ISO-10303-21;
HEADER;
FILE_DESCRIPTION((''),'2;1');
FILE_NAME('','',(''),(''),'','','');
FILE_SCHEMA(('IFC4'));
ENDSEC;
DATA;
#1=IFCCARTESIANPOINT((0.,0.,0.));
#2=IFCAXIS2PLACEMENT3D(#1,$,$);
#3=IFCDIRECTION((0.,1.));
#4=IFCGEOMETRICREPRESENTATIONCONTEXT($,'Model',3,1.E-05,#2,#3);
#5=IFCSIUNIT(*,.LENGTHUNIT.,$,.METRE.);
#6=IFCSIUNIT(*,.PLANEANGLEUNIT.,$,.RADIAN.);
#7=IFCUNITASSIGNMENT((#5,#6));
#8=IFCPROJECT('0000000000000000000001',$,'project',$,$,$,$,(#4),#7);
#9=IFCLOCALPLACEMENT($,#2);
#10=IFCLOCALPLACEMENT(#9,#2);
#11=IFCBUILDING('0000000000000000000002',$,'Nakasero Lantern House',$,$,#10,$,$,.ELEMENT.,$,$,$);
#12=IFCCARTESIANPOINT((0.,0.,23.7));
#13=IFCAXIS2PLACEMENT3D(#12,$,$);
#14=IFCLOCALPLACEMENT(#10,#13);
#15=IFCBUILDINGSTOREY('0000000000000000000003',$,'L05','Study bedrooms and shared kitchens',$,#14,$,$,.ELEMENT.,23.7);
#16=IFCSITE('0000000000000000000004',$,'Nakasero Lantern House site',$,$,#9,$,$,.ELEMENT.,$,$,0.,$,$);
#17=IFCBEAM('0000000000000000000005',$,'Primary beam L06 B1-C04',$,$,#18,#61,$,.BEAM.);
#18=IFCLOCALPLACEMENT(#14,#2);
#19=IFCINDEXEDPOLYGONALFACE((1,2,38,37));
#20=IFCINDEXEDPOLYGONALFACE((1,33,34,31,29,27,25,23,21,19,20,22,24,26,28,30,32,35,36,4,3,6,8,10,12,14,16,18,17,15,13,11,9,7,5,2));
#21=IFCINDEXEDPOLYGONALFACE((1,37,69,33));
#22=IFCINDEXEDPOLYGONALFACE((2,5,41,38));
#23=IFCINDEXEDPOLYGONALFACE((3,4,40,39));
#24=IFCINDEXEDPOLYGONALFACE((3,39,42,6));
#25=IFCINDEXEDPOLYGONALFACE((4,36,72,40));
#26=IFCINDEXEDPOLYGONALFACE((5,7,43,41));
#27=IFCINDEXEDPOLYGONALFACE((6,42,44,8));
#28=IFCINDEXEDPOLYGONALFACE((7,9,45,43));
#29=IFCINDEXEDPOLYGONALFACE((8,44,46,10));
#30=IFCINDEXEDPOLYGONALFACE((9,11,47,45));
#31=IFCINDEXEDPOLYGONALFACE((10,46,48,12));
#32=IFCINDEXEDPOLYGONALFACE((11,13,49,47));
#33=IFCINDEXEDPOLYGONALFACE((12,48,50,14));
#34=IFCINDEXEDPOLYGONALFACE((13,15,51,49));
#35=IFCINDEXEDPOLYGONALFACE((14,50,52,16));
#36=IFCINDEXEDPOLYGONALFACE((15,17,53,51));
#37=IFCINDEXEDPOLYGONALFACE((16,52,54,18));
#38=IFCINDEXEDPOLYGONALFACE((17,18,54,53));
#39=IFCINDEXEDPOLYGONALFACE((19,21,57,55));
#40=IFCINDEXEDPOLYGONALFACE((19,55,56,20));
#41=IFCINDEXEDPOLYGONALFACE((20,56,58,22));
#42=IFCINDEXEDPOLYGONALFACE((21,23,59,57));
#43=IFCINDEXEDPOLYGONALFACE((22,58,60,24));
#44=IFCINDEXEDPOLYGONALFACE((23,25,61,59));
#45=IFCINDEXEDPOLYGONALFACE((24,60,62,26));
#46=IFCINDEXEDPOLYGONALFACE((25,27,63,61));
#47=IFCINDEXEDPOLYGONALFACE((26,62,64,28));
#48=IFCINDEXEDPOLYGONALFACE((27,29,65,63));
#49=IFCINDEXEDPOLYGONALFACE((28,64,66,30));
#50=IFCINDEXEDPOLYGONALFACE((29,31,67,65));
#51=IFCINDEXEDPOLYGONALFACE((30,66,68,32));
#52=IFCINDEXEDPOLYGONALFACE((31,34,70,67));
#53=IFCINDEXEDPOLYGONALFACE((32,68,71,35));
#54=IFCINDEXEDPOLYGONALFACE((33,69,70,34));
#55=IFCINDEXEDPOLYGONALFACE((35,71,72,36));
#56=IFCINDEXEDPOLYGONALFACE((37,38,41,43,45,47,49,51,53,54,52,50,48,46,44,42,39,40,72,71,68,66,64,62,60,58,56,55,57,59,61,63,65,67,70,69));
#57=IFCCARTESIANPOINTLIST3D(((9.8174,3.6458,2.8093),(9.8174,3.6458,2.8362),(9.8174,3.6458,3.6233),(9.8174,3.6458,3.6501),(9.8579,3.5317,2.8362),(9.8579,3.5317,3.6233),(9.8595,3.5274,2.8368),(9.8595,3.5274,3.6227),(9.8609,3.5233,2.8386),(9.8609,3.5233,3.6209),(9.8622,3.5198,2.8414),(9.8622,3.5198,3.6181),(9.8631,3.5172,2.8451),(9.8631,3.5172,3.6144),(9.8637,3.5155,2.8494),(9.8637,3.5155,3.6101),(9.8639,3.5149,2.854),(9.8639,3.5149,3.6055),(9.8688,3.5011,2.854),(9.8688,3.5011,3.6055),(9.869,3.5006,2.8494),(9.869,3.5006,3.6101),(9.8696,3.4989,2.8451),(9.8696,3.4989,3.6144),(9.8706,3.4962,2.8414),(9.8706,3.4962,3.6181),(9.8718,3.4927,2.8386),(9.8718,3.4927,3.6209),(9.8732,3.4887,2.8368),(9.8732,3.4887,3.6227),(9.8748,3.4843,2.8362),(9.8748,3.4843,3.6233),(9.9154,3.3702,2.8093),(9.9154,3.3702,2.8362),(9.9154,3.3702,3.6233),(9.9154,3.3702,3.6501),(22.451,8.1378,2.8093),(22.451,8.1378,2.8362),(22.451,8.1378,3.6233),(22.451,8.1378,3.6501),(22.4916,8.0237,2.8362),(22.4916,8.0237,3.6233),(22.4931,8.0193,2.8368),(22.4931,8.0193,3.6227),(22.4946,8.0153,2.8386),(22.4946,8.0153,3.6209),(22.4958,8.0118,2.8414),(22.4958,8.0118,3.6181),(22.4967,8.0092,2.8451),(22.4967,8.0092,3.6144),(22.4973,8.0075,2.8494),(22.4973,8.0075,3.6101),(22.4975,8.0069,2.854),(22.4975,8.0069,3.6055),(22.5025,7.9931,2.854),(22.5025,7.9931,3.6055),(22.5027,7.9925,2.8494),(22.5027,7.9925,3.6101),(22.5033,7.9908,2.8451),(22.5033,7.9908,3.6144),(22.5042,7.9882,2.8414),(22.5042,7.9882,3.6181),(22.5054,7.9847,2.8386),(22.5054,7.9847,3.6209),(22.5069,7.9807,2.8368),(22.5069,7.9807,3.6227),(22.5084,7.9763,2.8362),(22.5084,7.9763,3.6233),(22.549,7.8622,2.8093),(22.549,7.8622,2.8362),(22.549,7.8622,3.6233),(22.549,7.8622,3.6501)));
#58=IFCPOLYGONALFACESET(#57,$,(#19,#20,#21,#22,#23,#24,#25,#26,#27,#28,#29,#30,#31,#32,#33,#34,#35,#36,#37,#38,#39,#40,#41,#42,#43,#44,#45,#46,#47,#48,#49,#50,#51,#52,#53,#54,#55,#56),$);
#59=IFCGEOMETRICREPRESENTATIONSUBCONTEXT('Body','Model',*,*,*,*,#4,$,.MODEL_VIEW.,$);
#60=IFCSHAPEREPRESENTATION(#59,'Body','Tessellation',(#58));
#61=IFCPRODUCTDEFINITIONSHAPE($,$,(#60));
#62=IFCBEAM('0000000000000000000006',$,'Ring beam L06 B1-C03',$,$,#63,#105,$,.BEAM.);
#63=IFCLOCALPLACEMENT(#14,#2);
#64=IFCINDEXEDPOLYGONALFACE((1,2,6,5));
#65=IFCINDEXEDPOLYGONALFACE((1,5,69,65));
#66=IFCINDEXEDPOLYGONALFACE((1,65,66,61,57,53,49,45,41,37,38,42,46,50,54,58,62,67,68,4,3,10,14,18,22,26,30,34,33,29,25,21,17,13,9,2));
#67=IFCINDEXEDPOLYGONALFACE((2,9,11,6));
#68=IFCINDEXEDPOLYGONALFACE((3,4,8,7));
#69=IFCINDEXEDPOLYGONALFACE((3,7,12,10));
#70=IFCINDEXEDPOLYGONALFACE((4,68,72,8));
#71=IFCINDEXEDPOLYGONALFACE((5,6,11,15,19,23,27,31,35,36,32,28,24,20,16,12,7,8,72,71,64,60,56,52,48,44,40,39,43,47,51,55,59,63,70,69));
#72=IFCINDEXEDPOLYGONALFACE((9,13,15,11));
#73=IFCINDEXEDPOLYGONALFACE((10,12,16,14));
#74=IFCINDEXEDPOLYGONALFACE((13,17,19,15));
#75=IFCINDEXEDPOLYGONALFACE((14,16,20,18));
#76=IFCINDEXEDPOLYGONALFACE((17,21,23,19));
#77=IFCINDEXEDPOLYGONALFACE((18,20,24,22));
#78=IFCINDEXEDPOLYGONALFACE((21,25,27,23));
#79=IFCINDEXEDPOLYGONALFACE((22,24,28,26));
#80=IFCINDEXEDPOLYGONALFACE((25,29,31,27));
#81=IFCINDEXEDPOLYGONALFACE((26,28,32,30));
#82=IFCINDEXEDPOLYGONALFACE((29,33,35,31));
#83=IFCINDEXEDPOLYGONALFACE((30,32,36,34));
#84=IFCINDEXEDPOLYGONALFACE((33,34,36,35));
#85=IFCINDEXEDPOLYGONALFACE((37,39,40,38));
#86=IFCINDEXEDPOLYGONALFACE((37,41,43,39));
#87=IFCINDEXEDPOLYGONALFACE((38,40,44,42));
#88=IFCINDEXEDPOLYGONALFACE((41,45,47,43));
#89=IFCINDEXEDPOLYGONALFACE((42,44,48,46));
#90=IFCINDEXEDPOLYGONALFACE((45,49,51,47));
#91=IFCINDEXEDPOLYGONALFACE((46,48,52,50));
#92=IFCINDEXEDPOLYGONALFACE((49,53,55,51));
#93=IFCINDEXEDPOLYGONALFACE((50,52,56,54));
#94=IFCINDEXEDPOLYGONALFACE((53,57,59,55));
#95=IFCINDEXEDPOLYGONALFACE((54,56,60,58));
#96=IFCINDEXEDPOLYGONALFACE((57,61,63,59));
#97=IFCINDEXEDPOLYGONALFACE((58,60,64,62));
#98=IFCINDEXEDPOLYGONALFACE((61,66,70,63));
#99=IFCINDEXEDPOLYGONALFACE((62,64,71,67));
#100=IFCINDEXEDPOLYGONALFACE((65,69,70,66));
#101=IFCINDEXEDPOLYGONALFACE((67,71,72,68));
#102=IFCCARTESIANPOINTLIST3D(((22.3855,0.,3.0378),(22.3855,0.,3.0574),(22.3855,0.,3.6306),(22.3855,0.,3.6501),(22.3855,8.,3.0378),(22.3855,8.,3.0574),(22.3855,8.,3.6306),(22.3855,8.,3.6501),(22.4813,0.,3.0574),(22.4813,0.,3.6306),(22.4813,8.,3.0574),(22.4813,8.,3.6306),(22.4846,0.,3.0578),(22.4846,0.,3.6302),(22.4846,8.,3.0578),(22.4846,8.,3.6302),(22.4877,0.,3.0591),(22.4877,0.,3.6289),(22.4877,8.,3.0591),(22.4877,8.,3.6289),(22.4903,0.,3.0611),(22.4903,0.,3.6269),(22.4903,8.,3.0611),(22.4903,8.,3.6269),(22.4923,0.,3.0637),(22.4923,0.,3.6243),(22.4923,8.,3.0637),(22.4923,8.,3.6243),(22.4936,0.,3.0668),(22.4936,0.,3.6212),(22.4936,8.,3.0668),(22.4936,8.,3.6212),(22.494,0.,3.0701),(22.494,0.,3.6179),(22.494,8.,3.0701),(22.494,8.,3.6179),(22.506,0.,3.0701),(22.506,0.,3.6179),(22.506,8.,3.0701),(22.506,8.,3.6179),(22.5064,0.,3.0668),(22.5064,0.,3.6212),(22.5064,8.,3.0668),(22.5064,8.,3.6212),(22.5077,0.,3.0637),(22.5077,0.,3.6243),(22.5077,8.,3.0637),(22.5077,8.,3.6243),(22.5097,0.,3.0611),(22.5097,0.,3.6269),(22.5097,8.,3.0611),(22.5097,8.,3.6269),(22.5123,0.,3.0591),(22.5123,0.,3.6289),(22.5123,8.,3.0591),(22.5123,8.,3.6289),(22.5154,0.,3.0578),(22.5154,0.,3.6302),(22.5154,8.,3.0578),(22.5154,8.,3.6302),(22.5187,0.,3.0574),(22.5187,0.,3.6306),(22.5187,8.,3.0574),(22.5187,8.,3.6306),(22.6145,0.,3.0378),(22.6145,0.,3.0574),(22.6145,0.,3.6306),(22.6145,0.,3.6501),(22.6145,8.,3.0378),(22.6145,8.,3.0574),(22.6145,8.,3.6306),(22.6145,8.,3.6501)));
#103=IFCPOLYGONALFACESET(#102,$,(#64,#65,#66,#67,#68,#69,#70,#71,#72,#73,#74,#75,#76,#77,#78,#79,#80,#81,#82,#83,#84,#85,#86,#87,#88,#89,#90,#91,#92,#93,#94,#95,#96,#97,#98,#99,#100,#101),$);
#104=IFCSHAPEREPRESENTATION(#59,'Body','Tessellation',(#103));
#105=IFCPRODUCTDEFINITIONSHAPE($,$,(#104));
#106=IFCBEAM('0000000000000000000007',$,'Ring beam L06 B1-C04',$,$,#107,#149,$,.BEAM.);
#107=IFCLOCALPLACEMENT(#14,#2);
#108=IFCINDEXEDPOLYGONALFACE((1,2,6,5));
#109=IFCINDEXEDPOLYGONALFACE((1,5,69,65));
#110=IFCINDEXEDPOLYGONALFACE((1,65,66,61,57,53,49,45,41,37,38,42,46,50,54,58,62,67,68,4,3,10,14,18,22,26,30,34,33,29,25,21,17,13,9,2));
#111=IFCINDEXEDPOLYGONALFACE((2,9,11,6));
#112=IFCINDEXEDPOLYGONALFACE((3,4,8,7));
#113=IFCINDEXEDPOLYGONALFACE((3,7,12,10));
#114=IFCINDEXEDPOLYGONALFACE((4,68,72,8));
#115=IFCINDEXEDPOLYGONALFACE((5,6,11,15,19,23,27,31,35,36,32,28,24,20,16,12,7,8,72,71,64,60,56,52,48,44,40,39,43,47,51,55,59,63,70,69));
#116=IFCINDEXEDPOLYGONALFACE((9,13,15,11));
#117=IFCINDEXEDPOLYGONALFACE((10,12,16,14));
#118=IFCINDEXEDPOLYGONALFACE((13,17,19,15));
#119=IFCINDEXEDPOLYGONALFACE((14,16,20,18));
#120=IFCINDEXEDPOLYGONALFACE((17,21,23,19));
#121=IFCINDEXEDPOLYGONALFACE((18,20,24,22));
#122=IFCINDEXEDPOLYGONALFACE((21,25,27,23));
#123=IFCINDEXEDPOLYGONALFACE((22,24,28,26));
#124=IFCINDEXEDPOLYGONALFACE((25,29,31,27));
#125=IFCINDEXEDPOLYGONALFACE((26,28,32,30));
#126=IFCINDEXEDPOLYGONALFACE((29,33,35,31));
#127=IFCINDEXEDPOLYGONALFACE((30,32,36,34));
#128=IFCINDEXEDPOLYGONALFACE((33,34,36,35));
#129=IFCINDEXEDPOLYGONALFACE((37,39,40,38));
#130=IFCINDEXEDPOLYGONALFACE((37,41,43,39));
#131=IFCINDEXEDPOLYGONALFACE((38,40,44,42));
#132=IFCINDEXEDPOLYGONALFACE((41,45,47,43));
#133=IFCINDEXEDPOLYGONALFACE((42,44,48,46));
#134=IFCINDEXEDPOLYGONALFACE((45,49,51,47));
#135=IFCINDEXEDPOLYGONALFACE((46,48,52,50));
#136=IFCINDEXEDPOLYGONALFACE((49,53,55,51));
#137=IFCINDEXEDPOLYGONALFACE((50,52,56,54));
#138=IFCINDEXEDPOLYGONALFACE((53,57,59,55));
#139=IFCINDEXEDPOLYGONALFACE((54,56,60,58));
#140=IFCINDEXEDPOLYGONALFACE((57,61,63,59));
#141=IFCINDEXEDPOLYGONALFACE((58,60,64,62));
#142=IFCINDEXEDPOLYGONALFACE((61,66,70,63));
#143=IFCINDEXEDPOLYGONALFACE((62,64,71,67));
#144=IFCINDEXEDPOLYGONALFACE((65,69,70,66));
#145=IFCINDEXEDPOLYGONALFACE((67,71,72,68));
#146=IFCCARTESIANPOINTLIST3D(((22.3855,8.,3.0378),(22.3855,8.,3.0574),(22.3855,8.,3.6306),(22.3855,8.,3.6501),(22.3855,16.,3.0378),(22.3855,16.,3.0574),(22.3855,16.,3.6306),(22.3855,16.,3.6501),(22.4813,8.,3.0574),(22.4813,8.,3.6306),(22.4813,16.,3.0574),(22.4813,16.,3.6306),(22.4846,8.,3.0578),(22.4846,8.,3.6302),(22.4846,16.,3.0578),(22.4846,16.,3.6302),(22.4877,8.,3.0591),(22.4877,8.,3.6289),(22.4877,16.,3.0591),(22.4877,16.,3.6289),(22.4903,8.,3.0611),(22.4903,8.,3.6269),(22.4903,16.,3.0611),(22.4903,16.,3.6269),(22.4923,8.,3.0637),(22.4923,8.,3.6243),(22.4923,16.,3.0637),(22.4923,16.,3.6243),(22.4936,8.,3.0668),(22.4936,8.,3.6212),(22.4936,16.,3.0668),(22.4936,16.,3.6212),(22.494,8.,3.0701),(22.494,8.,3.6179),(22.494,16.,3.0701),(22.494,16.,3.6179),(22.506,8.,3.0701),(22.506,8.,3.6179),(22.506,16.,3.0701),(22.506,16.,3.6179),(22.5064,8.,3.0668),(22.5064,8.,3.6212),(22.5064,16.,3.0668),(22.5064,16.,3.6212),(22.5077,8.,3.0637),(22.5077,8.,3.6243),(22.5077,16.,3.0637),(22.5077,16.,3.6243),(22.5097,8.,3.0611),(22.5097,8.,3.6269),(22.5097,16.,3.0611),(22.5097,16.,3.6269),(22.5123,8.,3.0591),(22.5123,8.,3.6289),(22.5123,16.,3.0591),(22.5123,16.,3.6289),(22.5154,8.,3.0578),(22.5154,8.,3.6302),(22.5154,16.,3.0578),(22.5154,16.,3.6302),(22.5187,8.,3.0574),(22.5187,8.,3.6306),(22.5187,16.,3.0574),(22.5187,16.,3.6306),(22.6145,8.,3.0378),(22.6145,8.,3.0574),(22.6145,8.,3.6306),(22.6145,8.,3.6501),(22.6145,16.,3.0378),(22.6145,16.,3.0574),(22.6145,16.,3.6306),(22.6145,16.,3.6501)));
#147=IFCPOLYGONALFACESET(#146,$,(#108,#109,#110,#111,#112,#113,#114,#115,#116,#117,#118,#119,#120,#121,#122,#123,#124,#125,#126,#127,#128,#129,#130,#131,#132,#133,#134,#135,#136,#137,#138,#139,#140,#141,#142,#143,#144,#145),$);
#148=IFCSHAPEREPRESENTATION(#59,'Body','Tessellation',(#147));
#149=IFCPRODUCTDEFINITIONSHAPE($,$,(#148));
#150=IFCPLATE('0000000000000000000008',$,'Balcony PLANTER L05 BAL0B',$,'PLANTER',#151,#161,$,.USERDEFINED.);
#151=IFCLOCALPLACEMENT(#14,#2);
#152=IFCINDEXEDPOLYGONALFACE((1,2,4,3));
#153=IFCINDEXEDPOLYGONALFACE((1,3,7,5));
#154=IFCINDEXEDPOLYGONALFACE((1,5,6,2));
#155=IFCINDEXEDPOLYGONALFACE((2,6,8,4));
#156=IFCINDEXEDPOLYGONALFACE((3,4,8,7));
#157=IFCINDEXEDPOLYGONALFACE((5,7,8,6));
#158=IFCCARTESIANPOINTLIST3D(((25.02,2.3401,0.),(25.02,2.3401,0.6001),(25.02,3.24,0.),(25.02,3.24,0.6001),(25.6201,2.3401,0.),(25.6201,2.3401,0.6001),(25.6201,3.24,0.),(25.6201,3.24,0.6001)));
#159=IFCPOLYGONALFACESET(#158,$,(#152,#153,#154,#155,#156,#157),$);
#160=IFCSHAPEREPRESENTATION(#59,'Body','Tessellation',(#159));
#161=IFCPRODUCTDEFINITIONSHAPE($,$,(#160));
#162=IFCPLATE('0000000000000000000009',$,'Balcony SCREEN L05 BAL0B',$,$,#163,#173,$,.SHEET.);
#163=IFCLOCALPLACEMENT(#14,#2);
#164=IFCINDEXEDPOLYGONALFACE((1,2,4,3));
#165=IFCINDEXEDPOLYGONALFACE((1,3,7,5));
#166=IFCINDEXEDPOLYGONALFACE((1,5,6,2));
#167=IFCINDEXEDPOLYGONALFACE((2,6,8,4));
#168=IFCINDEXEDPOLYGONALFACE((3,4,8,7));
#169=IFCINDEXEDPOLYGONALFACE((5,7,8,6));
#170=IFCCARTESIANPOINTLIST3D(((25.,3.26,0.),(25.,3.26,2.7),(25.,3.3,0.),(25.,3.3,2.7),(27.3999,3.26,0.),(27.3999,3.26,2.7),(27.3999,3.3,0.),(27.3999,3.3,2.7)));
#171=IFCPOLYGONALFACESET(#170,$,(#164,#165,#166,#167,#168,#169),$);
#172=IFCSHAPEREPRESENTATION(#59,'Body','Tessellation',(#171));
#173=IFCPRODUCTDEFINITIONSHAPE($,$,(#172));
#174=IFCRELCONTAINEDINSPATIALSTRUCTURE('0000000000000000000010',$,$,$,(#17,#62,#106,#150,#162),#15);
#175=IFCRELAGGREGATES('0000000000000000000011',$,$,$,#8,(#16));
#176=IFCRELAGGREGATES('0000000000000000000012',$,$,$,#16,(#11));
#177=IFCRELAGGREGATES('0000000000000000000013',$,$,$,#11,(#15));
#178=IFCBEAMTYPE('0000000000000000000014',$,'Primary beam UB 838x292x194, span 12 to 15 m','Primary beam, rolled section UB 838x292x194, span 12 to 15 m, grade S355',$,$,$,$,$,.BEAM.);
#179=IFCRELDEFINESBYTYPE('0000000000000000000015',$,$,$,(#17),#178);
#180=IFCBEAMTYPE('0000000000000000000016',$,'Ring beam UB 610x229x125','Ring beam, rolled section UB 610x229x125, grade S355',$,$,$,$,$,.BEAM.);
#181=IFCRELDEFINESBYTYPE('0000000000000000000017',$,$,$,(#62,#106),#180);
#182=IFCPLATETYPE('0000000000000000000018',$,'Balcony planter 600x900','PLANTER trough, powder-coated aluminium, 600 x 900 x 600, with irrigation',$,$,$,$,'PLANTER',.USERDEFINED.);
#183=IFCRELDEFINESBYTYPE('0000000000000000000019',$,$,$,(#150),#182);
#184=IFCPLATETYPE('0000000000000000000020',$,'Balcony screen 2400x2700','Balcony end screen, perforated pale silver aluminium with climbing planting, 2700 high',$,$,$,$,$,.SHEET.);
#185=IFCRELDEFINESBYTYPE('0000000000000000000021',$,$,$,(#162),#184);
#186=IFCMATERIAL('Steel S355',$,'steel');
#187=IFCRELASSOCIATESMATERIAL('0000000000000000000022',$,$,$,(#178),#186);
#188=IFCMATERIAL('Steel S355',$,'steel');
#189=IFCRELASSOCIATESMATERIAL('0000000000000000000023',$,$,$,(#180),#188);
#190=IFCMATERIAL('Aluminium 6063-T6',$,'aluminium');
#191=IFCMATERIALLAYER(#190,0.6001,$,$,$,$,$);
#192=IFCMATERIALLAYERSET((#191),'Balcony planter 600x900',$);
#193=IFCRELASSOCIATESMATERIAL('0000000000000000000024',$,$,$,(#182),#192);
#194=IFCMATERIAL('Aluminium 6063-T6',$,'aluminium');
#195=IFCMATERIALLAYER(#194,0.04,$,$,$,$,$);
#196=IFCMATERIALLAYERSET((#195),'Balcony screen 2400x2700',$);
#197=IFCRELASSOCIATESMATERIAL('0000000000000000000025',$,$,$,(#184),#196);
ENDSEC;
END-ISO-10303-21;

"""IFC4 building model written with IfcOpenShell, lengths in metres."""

from ifc_helpers import new_model, si_unit, direction, frame, origin, origin_2d, place, context, subcontext, project, spatial, rectangle, i_section, extrude, material, layer, layer_set, material_profile, profile_set, type_object, element, save


model = new_model("IFC4")

# Units and contexts
model_context = context("Model", 3, precision=1e-05, world=origin(), true_north=direction((0.0, 1.0)))
body_context = subcontext(model_context, "Body", "Model", "MODEL_VIEW")
ifc_project = project(units=[si_unit("LENGTHUNIT", "METRE"), si_unit("PLANEANGLEUNIT", "RADIAN")], contexts=[model_context])

# Site, building, storey
site_placement = place(None, origin())
site = spatial("IfcSite", under=ifc_project, at=site_placement, Name="Nakasero Lantern House site", CompositionType="ELEMENT", RefElevation=0.0)
building_placement = place(site_placement, origin())
building = spatial("IfcBuilding", under=site, at=building_placement, Name="Nakasero Lantern House", CompositionType="ELEMENT")
storey_placement = place(building_placement, frame((0.0, 0.0, 23.7)))
storey = spatial("IfcBuildingStorey", under=building, at=storey_placement, Name="L05", Description="Study bedrooms and shared kitchens", CompositionType="ELEMENT", Elevation=23.7)

# Beams
ifc_material_1 = material(Name="Steel S355", Category="steel")
ifc_material_profile_1 = material_profile(ifc_material_1, i_section(OverallWidth=0.2925, OverallDepth=0.8408, WebThickness=0.0146, FlangeThickness=0.0269, FilletRadius=0.0178, at=origin_2d()), Name="UB 838x292x194")
ifc_profile_set_1 = profile_set([ifc_material_profile_1], Name="Steel S355")
beam_type_1 = type_object("IfcBeamType", Name="Primary beam UB 838x292x194, span 12 to 15 m", Description="Primary beam, rolled section UB 838x292x194, span 12 to 15 m, grade S355", PredefinedType="BEAM", material=ifc_profile_set_1)
beam_1_placement = place(storey_placement, frame((22.5, 8.0, 3.2297), z_axis=(-0.942214, -0.335011, 0.0), x_axis=(0.335011, -0.942214, 0.0)))
element("IfcBeam", 1, at=beam_1_placement, inside=storey, type_object=beam_type_1, Name="Primary beam L06 B1-C04", PredefinedType="BEAM", context=body_context, shape_type="SweptSolid", body=[
    extrude(i_section(OverallWidth=0.2925, OverallDepth=0.8408, WebThickness=0.0146, FlangeThickness=0.0269, FilletRadius=0.0178, at=origin_2d()), origin(), (0.0, 0.0, 1.0), 13.4084),
])
ifc_material_2 = material(Name="Steel S355", Category="steel")
ifc_material_profile_2 = material_profile(ifc_material_2, i_section(OverallWidth=0.229, OverallDepth=0.6123, WebThickness=0.012, FlangeThickness=0.0195, FilletRadius=0.0127, at=origin_2d()), Name="UB 610x229x125")
ifc_profile_set_2 = profile_set([ifc_material_profile_2], Name="Steel S355")
beam_type_2 = type_object("IfcBeamType", Name="Ring beam UB 610x229x125", Description="Ring beam, rolled section UB 610x229x125, grade S355", PredefinedType="BEAM", material=ifc_profile_set_2)
for number, where, z_axis, x_axis, name in (
    (2, (22.5, 0.0, 3.344), (0.0, 1.0, 0.0), (-1.0, 0.0, 0.0), "Ring beam L06 B1-C03"),
    (3, (22.5, 8.0, 3.344), (0.0, 1.0, 0.0), (-1.0, 0.0, 0.0), "Ring beam L06 B1-C04"),
):
    element("IfcBeam", number, at=place(storey_placement, frame(where, z_axis=z_axis, x_axis=x_axis)), inside=storey, type_object=beam_type_2, Name=name, PredefinedType="BEAM", context=body_context, shape_type="SweptSolid", body=[
        extrude(i_section(OverallWidth=0.229, OverallDepth=0.6123, WebThickness=0.012, FlangeThickness=0.0195, FilletRadius=0.0127, at=origin_2d()), origin(), (0.0, 0.0, 1.0), 8.0),
    ])

# Plates
ifc_material_3 = material(Name="Aluminium 6063-T6", Category="aluminium")
ifc_layer_1 = layer(ifc_material_3, 0.6001)
ifc_layer_set_1 = layer_set([ifc_layer_1], Name="Balcony planter 600x900")
plate_type_1 = type_object("IfcPlateType", Name="Balcony planter 600x900", Description="PLANTER trough, powder-coated aluminium, 600 x 900 x 600, with irrigation", ElementType="PLANTER", PredefinedType="USERDEFINED", material=ifc_layer_set_1)
plate_1_placement = place(storey_placement, frame((25.3201, 2.79, 0.0), z_axis=(0.0, 0.0, 1.0), x_axis=(1.0, 0.0, 0.0)))
element("IfcPlate", 4, at=plate_1_placement, inside=storey, type_object=plate_type_1, Name="Balcony PLANTER L05 BAL0B", ObjectType="PLANTER", PredefinedType="USERDEFINED", context=body_context, shape_type="SweptSolid", body=[
    extrude(rectangle(XDim=0.6001, YDim=0.8999, at=origin_2d()), origin(), (0.0, 0.0, 1.0), 0.6001),
])
ifc_material_4 = material(Name="Aluminium 6063-T6", Category="aluminium")
ifc_layer_2 = layer(ifc_material_4, 0.04)
ifc_layer_set_2 = layer_set([ifc_layer_2], Name="Balcony screen 2400x2700")
plate_type_2 = type_object("IfcPlateType", Name="Balcony screen 2400x2700", Description="Balcony end screen, perforated pale silver aluminium with climbing planting, 2700 high", PredefinedType="SHEET", material=ifc_layer_set_2)
plate_2_placement = place(storey_placement, frame((26.2, 3.28, 0.0), z_axis=(0.0, 0.0, 1.0), x_axis=(1.0, 0.0, 0.0)))
element("IfcPlate", 5, at=plate_2_placement, inside=storey, type_object=plate_type_2, Name="Balcony SCREEN L05 BAL0B", PredefinedType="SHEET", context=body_context, shape_type="SweptSolid", body=[
    extrude(rectangle(XDim=2.3999, YDim=0.04, at=origin_2d()), origin(), (0.0, 0.0, 1.0), 2.7),
])

save(model, "model.ifc")
